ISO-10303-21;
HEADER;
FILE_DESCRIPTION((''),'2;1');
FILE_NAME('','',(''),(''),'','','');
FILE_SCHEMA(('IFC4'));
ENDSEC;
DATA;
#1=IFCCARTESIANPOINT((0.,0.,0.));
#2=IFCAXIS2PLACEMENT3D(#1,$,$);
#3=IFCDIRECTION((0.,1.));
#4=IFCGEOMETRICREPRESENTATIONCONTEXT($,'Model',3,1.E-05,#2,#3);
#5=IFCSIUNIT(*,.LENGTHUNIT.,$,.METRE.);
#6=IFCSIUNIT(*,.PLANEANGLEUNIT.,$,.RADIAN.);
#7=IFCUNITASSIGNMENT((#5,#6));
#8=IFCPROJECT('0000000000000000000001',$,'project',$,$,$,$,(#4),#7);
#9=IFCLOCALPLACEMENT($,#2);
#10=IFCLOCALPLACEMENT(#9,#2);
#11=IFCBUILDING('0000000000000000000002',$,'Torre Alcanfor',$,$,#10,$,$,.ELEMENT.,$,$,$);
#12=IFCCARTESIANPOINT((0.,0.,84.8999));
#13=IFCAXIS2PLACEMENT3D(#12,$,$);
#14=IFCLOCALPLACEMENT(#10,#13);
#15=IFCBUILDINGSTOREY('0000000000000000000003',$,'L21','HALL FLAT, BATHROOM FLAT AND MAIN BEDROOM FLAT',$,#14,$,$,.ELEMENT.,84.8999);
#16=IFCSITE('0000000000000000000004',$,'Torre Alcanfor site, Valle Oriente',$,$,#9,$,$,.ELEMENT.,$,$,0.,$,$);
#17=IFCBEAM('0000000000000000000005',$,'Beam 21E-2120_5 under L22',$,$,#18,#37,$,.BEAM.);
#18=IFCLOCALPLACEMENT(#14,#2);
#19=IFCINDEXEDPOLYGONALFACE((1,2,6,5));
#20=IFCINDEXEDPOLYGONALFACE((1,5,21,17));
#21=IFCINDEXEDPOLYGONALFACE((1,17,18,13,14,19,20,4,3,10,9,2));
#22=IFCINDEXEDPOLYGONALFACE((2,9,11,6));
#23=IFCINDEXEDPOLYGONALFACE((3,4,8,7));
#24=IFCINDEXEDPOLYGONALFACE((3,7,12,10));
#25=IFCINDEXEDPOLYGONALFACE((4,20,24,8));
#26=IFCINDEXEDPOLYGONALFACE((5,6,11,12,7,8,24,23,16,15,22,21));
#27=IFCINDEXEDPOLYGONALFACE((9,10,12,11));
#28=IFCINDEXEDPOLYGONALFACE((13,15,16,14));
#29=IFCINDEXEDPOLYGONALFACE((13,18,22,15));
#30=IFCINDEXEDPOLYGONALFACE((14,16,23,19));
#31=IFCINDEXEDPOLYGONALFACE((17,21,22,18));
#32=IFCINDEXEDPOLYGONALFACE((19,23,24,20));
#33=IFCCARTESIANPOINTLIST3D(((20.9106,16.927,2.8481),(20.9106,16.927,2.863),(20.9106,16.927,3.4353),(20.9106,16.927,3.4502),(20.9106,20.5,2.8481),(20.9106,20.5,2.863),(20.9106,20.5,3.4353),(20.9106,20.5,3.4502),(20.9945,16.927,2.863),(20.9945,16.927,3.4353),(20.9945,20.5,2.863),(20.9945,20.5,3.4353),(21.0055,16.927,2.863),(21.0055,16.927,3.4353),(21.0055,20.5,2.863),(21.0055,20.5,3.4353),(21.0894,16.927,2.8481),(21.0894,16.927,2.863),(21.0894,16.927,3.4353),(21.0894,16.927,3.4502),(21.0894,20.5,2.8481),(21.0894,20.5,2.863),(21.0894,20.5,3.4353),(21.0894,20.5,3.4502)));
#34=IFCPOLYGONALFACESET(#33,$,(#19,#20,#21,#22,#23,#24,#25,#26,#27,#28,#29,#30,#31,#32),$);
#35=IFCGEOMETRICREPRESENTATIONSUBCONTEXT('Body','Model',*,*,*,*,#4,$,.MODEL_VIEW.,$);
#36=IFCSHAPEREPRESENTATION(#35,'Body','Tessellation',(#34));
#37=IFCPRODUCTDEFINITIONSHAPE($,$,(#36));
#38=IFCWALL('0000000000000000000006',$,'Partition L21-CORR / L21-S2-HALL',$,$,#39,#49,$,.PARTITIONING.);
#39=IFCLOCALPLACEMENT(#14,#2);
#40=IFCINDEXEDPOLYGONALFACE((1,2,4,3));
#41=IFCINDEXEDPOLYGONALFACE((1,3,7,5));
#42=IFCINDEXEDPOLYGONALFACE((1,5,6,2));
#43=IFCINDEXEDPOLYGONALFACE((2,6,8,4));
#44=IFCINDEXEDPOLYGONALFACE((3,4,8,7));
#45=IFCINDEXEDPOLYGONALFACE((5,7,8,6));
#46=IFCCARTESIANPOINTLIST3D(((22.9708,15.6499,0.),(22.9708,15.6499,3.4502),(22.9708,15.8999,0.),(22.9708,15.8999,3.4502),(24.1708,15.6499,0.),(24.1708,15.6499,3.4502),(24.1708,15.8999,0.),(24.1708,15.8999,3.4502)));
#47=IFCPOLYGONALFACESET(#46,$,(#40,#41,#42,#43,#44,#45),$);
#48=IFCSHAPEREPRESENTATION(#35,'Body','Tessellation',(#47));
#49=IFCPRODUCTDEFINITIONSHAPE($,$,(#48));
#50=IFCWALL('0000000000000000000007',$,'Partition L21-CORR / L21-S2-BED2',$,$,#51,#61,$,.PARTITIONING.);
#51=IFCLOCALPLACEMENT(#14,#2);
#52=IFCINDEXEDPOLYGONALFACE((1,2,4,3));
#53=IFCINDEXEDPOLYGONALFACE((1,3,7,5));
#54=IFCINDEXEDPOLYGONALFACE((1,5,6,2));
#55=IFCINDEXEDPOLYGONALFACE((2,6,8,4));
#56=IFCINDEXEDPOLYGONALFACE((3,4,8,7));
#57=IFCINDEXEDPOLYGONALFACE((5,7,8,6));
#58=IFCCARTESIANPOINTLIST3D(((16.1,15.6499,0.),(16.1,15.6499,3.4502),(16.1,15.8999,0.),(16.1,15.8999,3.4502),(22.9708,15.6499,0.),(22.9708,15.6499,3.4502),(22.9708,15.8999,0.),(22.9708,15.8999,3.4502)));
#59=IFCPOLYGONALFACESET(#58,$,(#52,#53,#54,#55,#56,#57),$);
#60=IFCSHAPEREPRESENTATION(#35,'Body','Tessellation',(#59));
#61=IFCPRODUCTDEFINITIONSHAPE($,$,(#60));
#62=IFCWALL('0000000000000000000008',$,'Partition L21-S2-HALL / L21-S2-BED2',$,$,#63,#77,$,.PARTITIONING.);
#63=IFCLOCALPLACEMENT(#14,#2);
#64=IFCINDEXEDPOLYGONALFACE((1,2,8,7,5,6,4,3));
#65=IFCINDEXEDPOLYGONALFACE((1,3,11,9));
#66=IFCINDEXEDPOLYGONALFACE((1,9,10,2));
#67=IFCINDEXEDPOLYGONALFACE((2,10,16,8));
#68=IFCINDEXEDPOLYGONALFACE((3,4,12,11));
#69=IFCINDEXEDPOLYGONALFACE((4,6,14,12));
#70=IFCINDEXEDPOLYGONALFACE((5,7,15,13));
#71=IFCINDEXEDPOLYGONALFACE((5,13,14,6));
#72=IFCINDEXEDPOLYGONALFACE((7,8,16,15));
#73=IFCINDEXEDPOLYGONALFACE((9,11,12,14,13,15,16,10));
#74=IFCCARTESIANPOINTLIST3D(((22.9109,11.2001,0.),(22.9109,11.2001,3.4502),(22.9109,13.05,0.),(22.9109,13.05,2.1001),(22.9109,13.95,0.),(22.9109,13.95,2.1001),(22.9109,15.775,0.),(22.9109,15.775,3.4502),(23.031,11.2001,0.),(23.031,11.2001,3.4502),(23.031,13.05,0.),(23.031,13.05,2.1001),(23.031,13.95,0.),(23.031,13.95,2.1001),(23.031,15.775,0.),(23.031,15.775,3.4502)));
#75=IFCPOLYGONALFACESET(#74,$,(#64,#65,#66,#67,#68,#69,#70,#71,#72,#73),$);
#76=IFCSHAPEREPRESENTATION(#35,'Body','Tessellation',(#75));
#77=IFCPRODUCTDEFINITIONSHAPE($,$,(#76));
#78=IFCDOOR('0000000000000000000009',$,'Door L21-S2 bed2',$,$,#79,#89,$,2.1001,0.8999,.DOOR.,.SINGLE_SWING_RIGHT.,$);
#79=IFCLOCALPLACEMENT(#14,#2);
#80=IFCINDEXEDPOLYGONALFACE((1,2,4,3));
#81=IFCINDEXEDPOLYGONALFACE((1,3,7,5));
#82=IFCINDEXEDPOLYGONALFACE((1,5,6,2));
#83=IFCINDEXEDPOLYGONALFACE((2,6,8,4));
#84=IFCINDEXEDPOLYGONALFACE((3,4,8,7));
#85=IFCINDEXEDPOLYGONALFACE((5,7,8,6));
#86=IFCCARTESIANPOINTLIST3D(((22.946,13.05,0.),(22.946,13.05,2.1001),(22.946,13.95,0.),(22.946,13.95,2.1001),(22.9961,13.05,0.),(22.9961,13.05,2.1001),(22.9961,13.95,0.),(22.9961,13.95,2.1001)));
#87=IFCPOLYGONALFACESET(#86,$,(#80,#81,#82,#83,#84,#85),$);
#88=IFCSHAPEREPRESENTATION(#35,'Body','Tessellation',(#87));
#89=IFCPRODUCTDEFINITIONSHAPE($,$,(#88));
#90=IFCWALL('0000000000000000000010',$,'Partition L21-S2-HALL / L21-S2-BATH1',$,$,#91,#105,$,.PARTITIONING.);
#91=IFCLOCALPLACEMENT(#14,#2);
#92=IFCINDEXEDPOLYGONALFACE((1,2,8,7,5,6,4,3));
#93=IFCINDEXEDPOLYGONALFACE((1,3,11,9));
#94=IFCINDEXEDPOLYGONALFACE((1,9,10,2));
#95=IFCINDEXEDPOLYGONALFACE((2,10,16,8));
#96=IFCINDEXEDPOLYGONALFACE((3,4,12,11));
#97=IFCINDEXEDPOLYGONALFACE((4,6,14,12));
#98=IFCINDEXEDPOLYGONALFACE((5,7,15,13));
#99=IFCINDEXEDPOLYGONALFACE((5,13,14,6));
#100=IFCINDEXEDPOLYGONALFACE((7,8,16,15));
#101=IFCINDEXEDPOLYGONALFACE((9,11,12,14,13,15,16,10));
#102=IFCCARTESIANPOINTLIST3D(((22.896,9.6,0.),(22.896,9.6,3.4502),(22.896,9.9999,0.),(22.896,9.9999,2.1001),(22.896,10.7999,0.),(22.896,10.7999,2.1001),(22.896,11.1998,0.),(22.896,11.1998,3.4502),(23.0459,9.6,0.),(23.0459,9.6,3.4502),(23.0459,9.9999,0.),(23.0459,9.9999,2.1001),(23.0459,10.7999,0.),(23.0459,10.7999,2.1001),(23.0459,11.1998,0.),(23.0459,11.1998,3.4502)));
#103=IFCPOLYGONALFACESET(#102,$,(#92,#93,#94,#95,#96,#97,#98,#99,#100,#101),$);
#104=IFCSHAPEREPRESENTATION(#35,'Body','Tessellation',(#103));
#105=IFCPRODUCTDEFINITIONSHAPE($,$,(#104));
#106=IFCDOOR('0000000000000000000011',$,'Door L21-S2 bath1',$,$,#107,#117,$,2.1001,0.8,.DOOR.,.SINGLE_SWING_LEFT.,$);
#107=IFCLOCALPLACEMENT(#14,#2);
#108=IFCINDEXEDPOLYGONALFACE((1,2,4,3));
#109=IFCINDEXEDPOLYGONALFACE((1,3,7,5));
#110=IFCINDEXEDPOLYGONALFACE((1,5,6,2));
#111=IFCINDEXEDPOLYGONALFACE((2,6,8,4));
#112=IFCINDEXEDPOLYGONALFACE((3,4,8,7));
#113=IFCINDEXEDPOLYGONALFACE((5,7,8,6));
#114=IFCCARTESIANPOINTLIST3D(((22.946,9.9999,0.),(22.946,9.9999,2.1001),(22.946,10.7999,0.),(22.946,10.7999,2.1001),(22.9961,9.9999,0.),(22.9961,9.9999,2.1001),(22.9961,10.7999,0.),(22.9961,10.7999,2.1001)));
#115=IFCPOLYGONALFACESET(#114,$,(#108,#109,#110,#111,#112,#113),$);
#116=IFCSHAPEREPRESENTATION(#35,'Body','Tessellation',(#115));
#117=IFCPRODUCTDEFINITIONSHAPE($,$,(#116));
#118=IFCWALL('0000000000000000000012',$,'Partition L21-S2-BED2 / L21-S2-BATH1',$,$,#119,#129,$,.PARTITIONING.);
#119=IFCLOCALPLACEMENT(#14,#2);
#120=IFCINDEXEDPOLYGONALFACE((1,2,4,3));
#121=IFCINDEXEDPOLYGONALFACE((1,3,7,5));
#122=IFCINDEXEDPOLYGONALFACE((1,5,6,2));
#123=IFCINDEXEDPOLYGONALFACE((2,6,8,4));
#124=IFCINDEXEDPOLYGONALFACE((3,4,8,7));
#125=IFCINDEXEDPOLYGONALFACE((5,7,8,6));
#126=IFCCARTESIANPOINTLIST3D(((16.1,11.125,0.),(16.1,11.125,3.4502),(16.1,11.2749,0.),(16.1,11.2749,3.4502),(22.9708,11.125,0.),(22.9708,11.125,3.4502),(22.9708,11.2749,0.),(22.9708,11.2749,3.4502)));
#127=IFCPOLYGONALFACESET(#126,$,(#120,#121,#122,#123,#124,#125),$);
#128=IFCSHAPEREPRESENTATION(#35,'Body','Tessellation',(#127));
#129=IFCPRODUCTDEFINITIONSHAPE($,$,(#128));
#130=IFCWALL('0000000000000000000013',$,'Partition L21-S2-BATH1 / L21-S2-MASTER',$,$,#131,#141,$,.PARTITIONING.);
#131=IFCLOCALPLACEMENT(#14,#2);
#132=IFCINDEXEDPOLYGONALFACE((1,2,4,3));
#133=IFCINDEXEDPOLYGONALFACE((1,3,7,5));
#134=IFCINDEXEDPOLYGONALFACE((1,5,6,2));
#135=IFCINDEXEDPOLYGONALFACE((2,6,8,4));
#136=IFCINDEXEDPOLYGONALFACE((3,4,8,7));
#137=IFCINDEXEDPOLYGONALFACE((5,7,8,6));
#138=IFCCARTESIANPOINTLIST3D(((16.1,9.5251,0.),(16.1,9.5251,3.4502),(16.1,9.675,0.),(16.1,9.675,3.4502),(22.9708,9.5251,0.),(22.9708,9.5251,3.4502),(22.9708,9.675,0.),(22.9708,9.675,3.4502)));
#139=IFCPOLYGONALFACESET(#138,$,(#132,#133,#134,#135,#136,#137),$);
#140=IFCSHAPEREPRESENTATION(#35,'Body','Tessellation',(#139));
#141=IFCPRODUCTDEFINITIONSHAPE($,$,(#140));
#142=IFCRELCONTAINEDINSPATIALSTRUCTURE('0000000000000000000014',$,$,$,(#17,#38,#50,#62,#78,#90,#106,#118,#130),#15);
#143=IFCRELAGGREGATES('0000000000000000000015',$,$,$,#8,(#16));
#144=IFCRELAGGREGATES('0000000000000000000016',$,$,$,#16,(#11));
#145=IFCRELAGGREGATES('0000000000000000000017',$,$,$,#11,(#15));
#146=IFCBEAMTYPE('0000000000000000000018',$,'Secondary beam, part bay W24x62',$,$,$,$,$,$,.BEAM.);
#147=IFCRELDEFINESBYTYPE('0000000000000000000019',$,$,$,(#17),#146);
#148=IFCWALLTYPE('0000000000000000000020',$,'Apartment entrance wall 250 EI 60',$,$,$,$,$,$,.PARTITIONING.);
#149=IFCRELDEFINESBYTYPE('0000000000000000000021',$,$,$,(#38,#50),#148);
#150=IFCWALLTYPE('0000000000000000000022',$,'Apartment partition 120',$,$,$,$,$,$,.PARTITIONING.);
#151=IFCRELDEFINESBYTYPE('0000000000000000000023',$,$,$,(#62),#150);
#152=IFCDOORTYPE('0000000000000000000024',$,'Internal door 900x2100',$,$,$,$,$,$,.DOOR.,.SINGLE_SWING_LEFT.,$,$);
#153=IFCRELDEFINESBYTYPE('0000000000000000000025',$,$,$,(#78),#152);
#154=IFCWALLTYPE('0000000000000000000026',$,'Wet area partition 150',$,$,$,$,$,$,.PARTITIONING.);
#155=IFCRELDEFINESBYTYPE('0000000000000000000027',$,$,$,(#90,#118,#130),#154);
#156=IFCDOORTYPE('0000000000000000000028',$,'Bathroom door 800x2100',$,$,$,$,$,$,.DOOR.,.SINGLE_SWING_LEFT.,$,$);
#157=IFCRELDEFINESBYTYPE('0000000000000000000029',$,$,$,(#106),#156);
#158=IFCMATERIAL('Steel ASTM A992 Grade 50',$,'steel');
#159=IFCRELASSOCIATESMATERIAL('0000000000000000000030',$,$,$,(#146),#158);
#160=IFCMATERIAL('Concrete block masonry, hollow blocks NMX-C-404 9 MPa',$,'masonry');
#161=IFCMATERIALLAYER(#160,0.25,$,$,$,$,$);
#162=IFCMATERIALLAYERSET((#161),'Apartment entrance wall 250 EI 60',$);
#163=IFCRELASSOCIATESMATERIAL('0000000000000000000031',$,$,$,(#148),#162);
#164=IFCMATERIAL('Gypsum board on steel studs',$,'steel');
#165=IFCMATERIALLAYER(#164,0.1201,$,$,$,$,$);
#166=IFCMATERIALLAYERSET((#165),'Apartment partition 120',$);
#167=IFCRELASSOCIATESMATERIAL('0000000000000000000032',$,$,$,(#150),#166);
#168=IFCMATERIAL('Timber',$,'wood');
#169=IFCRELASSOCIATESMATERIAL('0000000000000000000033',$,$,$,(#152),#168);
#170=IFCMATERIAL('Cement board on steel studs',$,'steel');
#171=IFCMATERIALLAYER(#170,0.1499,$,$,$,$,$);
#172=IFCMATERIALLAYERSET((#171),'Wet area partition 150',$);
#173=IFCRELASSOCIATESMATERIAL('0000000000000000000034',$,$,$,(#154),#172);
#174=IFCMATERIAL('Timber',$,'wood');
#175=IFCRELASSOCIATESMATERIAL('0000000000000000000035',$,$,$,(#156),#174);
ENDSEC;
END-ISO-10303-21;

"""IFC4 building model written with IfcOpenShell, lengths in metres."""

from ifc_helpers import new_model, si_unit, direction, frame, frame_2d, origin, origin_2d, place, context, subcontext, project, spatial, rectangle, i_section, extrude, material, layer, layer_set, material_profile, profile_set, type_object, element, fill, save


model = new_model("IFC4")

# Units and contexts
model_context = context("Model", 3, precision=1e-05, world=origin(), true_north=direction((0.0, 1.0)))
body_context = subcontext(model_context, "Body", "Model", "MODEL_VIEW")
ifc_project = project(units=[si_unit("LENGTHUNIT", "METRE"), si_unit("PLANEANGLEUNIT", "RADIAN")], contexts=[model_context])

# Site, building, storey
site_placement = place(None, origin())
site = spatial("IfcSite", under=ifc_project, at=site_placement, Name="Torre Alcanfor site, Valle Oriente", CompositionType="ELEMENT", RefElevation=0.0)
building_placement = place(site_placement, origin())
building = spatial("IfcBuilding", under=site, at=building_placement, Name="Torre Alcanfor", CompositionType="ELEMENT")
storey_placement = place(building_placement, frame((0.0, 0.0, 84.8999)))
storey = spatial("IfcBuildingStorey", under=building, at=storey_placement, Name="L21", Description="HALL FLAT, BATHROOM FLAT AND MAIN BEDROOM FLAT", CompositionType="ELEMENT", Elevation=84.8999)

# Beam
ifc_material_1 = material(Name="Steel ASTM A992 Grade 50", Category="steel")
ifc_material_profile_1 = material_profile(ifc_material_1, i_section(OverallWidth=0.1787, OverallDepth=0.6021, WebThickness=0.011, FlangeThickness=0.0149, at=origin_2d()), Name="W24x62")
ifc_profile_set_1 = profile_set([ifc_material_profile_1], Name="Steel ASTM A992 Grade 50")
beam_type_1 = type_object("IfcBeamType", Name="Secondary beam, part bay W24x62", PredefinedType="BEAM", material=ifc_profile_set_1)
beam_1_placement = place(storey_placement, frame((21.0, 16.927, 3.1492), z_axis=(0.0, 1.0, 0.0), x_axis=(-1.0, 0.0, 0.0)))
element("IfcBeam", 1, at=beam_1_placement, inside=storey, type_object=beam_type_1, Name="Beam 21E-2120_5 under L22", PredefinedType="BEAM", context=body_context, shape_type="SweptSolid", body=[
    extrude(i_section(OverallWidth=0.1787, OverallDepth=0.6021, WebThickness=0.011, FlangeThickness=0.0149, at=origin_2d()), origin(), (0.0, 0.0, 1.0), 3.573),
])

# Walls
ifc_material_2 = material(Name="Concrete block masonry, hollow blocks NMX-C-404 9 MPa", Category="masonry")
ifc_layer_1 = layer(ifc_material_2, 0.25)
ifc_layer_set_1 = layer_set([ifc_layer_1], Name="Apartment entrance wall 250 EI 60")
wall_type_1 = type_object("IfcWallType", Name="Apartment entrance wall 250 EI 60", PredefinedType="PARTITIONING", material=ifc_layer_set_1)
wall_1_placement = place(storey_placement, frame((24.1709, 15.7749, 0.0), z_axis=(0.0, 0.0, 1.0), x_axis=(-1.0, 0.0, 0.0)))
element("IfcWall", 2, at=wall_1_placement, inside=storey, type_object=wall_type_1, Name="Partition L21-CORR / L21-S2-HALL", PredefinedType="PARTITIONING", context=body_context, shape_type="SweptSolid", body=[
    extrude(rectangle(XDim=1.2, YDim=0.25, at=frame_2d((0.6001, 0.0))), origin(), (0.0, 0.0, 1.0), 3.4502),
])
wall_2_placement = place(storey_placement, frame((22.9709, 15.7749, 0.0), z_axis=(0.0, 0.0, 1.0), x_axis=(-1.0, 0.0, 0.0)))
element("IfcWall", 3, at=wall_2_placement, inside=storey, type_object=wall_type_1, Name="Partition L21-CORR / L21-S2-BED2", PredefinedType="PARTITIONING", context=body_context, shape_type="SweptSolid", body=[
    extrude(rectangle(XDim=6.8708, YDim=0.25, at=frame_2d((3.4355, 0.0))), origin(), (0.0, 0.0, 1.0), 3.4502),
])

# Walls, openings, doors
ifc_material_3 = material(Name="Gypsum board on steel studs", Category="steel")
ifc_layer_2 = layer(ifc_material_3, 0.1201)
ifc_layer_set_2 = layer_set([ifc_layer_2], Name="Apartment partition 120")
wall_type_2 = type_object("IfcWallType", Name="Apartment partition 120", PredefinedType="PARTITIONING", material=ifc_layer_set_2)
wall_3_placement = place(storey_placement, frame((22.9709, 11.2, 0.0), z_axis=(0.0, 0.0, 1.0), x_axis=(0.0, 1.0, 0.0)))
wall_3 = element("IfcWall", 4, at=wall_3_placement, inside=storey, type_object=wall_type_2, Name="Partition L21-S2-HALL / L21-S2-BED2", PredefinedType="PARTITIONING", context=body_context, shape_type="SweptSolid", body=[
    extrude(rectangle(XDim=4.575, YDim=0.1201, at=frame_2d((2.2876, 0.0))), origin(), (0.0, 0.0, 1.0), 3.4502),
])
opening_1_placement = place(wall_3_placement, frame((1.8501, 0.0, 0.0)))
opening_1 = element("IfcOpeningElement", 5, at=opening_1_placement, cuts=wall_3, PredefinedType="OPENING", context=body_context, shape_type="SweptSolid", body=[
    extrude(rectangle(XDim=0.8999, YDim=2.1001, at=frame_2d((0.45, 1.05))), frame((0.0, 0.0701, 0.0), z_axis=(0.0, -1.0, 0.0), x_axis=(1.0, 0.0, 0.0)), (0.0, 0.0, 1.0), 0.1401),
])
ifc_material_4 = material(Name="Timber", Category="wood")
door_type_1 = type_object("IfcDoorType", Name="Internal door 900x2100", OperationType="SINGLE_SWING_LEFT", PredefinedType="DOOR", material=ifc_material_4)
door_1_placement = place(opening_1_placement, origin())
door_1 = element("IfcDoor", 6, at=door_1_placement, inside=storey, type_object=door_type_1, Name="Door L21-S2 bed2", OperationType="SINGLE_SWING_RIGHT", OverallHeight=2.1001, OverallWidth=0.8999, PredefinedType="DOOR", context=body_context, shape_type="SweptSolid", body=[
    extrude(rectangle(XDim=0.8999, YDim=2.1001, at=frame_2d((0.45, 1.05))), frame((0.0, 0.0249, 0.0), z_axis=(0.0, -1.0, 0.0), x_axis=(1.0, 0.0, 0.0)), (0.0, 0.0, 1.0), 0.05),
])
fill(opening_1, door_1)
ifc_material_5 = material(Name="Cement board on steel studs", Category="steel")
ifc_layer_3 = layer(ifc_material_5, 0.1499)
ifc_layer_set_3 = layer_set([ifc_layer_3], Name="Wet area partition 150")
wall_type_3 = type_object("IfcWallType", Name="Wet area partition 150", PredefinedType="PARTITIONING", material=ifc_layer_set_3)
wall_4_placement = place(storey_placement, frame((22.9709, 9.6001, 0.0), z_axis=(0.0, 0.0, 1.0), x_axis=(0.0, 1.0, 0.0)))
wall_4 = element("IfcWall", 7, at=wall_4_placement, inside=storey, type_object=wall_type_3, Name="Partition L21-S2-HALL / L21-S2-BATH1", PredefinedType="PARTITIONING", context=body_context, shape_type="SweptSolid", body=[
    extrude(rectangle(XDim=1.5999, YDim=0.1499, at=frame_2d((0.7998, 0.0))), origin(), (0.0, 0.0, 1.0), 3.4502),
])
opening_2_placement = place(wall_4_placement, frame((0.3999, 0.0, 0.0)))
opening_2 = element("IfcOpeningElement", 8, at=opening_2_placement, cuts=wall_4, PredefinedType="OPENING", context=body_context, shape_type="SweptSolid", body=[
    extrude(rectangle(XDim=0.8, YDim=2.1001, at=frame_2d((0.3999, 1.05))), frame((0.0, 0.085, 0.0), z_axis=(0.0, -1.0, 0.0), x_axis=(1.0, 0.0, 0.0)), (0.0, 0.0, 1.0), 0.1699),
])
ifc_material_6 = material(Name="Timber", Category="wood")
door_type_2 = type_object("IfcDoorType", Name="Bathroom door 800x2100", OperationType="SINGLE_SWING_LEFT", PredefinedType="DOOR", material=ifc_material_6)
door_2_placement = place(opening_2_placement, origin())
door_2 = element("IfcDoor", 9, at=door_2_placement, inside=storey, type_object=door_type_2, Name="Door L21-S2 bath1", OperationType="SINGLE_SWING_LEFT", OverallHeight=2.1001, OverallWidth=0.8, PredefinedType="DOOR", context=body_context, shape_type="SweptSolid", body=[
    extrude(rectangle(XDim=0.8, YDim=2.1001, at=frame_2d((0.3999, 1.05))), frame((0.0, 0.0249, 0.0), z_axis=(0.0, -1.0, 0.0), x_axis=(1.0, 0.0, 0.0)), (0.0, 0.0, 1.0), 0.05),
])
fill(opening_2, door_2)

# Walls
for number, where, z_axis, x_axis, name in (
    (10, (22.9709, 11.2, 0.0), (0.0, 0.0, 1.0), (-1.0, 0.0, 0.0), "Partition L21-S2-BED2 / L21-S2-BATH1"),
    (11, (22.9709, 9.6001, 0.0), (0.0, 0.0, 1.0), (-1.0, 0.0, 0.0), "Partition L21-S2-BATH1 / L21-S2-MASTER"),
):
    element("IfcWall", number, at=place(storey_placement, frame(where, z_axis=z_axis, x_axis=x_axis)), inside=storey, type_object=wall_type_3, Name=name, PredefinedType="PARTITIONING", context=body_context, shape_type="SweptSolid", body=[
        extrude(rectangle(XDim=6.8708, YDim=0.1499, at=frame_2d((3.4355, 0.0))), origin(), (0.0, 0.0, 1.0), 3.4502),
    ])

save(model, "model.ifc")
